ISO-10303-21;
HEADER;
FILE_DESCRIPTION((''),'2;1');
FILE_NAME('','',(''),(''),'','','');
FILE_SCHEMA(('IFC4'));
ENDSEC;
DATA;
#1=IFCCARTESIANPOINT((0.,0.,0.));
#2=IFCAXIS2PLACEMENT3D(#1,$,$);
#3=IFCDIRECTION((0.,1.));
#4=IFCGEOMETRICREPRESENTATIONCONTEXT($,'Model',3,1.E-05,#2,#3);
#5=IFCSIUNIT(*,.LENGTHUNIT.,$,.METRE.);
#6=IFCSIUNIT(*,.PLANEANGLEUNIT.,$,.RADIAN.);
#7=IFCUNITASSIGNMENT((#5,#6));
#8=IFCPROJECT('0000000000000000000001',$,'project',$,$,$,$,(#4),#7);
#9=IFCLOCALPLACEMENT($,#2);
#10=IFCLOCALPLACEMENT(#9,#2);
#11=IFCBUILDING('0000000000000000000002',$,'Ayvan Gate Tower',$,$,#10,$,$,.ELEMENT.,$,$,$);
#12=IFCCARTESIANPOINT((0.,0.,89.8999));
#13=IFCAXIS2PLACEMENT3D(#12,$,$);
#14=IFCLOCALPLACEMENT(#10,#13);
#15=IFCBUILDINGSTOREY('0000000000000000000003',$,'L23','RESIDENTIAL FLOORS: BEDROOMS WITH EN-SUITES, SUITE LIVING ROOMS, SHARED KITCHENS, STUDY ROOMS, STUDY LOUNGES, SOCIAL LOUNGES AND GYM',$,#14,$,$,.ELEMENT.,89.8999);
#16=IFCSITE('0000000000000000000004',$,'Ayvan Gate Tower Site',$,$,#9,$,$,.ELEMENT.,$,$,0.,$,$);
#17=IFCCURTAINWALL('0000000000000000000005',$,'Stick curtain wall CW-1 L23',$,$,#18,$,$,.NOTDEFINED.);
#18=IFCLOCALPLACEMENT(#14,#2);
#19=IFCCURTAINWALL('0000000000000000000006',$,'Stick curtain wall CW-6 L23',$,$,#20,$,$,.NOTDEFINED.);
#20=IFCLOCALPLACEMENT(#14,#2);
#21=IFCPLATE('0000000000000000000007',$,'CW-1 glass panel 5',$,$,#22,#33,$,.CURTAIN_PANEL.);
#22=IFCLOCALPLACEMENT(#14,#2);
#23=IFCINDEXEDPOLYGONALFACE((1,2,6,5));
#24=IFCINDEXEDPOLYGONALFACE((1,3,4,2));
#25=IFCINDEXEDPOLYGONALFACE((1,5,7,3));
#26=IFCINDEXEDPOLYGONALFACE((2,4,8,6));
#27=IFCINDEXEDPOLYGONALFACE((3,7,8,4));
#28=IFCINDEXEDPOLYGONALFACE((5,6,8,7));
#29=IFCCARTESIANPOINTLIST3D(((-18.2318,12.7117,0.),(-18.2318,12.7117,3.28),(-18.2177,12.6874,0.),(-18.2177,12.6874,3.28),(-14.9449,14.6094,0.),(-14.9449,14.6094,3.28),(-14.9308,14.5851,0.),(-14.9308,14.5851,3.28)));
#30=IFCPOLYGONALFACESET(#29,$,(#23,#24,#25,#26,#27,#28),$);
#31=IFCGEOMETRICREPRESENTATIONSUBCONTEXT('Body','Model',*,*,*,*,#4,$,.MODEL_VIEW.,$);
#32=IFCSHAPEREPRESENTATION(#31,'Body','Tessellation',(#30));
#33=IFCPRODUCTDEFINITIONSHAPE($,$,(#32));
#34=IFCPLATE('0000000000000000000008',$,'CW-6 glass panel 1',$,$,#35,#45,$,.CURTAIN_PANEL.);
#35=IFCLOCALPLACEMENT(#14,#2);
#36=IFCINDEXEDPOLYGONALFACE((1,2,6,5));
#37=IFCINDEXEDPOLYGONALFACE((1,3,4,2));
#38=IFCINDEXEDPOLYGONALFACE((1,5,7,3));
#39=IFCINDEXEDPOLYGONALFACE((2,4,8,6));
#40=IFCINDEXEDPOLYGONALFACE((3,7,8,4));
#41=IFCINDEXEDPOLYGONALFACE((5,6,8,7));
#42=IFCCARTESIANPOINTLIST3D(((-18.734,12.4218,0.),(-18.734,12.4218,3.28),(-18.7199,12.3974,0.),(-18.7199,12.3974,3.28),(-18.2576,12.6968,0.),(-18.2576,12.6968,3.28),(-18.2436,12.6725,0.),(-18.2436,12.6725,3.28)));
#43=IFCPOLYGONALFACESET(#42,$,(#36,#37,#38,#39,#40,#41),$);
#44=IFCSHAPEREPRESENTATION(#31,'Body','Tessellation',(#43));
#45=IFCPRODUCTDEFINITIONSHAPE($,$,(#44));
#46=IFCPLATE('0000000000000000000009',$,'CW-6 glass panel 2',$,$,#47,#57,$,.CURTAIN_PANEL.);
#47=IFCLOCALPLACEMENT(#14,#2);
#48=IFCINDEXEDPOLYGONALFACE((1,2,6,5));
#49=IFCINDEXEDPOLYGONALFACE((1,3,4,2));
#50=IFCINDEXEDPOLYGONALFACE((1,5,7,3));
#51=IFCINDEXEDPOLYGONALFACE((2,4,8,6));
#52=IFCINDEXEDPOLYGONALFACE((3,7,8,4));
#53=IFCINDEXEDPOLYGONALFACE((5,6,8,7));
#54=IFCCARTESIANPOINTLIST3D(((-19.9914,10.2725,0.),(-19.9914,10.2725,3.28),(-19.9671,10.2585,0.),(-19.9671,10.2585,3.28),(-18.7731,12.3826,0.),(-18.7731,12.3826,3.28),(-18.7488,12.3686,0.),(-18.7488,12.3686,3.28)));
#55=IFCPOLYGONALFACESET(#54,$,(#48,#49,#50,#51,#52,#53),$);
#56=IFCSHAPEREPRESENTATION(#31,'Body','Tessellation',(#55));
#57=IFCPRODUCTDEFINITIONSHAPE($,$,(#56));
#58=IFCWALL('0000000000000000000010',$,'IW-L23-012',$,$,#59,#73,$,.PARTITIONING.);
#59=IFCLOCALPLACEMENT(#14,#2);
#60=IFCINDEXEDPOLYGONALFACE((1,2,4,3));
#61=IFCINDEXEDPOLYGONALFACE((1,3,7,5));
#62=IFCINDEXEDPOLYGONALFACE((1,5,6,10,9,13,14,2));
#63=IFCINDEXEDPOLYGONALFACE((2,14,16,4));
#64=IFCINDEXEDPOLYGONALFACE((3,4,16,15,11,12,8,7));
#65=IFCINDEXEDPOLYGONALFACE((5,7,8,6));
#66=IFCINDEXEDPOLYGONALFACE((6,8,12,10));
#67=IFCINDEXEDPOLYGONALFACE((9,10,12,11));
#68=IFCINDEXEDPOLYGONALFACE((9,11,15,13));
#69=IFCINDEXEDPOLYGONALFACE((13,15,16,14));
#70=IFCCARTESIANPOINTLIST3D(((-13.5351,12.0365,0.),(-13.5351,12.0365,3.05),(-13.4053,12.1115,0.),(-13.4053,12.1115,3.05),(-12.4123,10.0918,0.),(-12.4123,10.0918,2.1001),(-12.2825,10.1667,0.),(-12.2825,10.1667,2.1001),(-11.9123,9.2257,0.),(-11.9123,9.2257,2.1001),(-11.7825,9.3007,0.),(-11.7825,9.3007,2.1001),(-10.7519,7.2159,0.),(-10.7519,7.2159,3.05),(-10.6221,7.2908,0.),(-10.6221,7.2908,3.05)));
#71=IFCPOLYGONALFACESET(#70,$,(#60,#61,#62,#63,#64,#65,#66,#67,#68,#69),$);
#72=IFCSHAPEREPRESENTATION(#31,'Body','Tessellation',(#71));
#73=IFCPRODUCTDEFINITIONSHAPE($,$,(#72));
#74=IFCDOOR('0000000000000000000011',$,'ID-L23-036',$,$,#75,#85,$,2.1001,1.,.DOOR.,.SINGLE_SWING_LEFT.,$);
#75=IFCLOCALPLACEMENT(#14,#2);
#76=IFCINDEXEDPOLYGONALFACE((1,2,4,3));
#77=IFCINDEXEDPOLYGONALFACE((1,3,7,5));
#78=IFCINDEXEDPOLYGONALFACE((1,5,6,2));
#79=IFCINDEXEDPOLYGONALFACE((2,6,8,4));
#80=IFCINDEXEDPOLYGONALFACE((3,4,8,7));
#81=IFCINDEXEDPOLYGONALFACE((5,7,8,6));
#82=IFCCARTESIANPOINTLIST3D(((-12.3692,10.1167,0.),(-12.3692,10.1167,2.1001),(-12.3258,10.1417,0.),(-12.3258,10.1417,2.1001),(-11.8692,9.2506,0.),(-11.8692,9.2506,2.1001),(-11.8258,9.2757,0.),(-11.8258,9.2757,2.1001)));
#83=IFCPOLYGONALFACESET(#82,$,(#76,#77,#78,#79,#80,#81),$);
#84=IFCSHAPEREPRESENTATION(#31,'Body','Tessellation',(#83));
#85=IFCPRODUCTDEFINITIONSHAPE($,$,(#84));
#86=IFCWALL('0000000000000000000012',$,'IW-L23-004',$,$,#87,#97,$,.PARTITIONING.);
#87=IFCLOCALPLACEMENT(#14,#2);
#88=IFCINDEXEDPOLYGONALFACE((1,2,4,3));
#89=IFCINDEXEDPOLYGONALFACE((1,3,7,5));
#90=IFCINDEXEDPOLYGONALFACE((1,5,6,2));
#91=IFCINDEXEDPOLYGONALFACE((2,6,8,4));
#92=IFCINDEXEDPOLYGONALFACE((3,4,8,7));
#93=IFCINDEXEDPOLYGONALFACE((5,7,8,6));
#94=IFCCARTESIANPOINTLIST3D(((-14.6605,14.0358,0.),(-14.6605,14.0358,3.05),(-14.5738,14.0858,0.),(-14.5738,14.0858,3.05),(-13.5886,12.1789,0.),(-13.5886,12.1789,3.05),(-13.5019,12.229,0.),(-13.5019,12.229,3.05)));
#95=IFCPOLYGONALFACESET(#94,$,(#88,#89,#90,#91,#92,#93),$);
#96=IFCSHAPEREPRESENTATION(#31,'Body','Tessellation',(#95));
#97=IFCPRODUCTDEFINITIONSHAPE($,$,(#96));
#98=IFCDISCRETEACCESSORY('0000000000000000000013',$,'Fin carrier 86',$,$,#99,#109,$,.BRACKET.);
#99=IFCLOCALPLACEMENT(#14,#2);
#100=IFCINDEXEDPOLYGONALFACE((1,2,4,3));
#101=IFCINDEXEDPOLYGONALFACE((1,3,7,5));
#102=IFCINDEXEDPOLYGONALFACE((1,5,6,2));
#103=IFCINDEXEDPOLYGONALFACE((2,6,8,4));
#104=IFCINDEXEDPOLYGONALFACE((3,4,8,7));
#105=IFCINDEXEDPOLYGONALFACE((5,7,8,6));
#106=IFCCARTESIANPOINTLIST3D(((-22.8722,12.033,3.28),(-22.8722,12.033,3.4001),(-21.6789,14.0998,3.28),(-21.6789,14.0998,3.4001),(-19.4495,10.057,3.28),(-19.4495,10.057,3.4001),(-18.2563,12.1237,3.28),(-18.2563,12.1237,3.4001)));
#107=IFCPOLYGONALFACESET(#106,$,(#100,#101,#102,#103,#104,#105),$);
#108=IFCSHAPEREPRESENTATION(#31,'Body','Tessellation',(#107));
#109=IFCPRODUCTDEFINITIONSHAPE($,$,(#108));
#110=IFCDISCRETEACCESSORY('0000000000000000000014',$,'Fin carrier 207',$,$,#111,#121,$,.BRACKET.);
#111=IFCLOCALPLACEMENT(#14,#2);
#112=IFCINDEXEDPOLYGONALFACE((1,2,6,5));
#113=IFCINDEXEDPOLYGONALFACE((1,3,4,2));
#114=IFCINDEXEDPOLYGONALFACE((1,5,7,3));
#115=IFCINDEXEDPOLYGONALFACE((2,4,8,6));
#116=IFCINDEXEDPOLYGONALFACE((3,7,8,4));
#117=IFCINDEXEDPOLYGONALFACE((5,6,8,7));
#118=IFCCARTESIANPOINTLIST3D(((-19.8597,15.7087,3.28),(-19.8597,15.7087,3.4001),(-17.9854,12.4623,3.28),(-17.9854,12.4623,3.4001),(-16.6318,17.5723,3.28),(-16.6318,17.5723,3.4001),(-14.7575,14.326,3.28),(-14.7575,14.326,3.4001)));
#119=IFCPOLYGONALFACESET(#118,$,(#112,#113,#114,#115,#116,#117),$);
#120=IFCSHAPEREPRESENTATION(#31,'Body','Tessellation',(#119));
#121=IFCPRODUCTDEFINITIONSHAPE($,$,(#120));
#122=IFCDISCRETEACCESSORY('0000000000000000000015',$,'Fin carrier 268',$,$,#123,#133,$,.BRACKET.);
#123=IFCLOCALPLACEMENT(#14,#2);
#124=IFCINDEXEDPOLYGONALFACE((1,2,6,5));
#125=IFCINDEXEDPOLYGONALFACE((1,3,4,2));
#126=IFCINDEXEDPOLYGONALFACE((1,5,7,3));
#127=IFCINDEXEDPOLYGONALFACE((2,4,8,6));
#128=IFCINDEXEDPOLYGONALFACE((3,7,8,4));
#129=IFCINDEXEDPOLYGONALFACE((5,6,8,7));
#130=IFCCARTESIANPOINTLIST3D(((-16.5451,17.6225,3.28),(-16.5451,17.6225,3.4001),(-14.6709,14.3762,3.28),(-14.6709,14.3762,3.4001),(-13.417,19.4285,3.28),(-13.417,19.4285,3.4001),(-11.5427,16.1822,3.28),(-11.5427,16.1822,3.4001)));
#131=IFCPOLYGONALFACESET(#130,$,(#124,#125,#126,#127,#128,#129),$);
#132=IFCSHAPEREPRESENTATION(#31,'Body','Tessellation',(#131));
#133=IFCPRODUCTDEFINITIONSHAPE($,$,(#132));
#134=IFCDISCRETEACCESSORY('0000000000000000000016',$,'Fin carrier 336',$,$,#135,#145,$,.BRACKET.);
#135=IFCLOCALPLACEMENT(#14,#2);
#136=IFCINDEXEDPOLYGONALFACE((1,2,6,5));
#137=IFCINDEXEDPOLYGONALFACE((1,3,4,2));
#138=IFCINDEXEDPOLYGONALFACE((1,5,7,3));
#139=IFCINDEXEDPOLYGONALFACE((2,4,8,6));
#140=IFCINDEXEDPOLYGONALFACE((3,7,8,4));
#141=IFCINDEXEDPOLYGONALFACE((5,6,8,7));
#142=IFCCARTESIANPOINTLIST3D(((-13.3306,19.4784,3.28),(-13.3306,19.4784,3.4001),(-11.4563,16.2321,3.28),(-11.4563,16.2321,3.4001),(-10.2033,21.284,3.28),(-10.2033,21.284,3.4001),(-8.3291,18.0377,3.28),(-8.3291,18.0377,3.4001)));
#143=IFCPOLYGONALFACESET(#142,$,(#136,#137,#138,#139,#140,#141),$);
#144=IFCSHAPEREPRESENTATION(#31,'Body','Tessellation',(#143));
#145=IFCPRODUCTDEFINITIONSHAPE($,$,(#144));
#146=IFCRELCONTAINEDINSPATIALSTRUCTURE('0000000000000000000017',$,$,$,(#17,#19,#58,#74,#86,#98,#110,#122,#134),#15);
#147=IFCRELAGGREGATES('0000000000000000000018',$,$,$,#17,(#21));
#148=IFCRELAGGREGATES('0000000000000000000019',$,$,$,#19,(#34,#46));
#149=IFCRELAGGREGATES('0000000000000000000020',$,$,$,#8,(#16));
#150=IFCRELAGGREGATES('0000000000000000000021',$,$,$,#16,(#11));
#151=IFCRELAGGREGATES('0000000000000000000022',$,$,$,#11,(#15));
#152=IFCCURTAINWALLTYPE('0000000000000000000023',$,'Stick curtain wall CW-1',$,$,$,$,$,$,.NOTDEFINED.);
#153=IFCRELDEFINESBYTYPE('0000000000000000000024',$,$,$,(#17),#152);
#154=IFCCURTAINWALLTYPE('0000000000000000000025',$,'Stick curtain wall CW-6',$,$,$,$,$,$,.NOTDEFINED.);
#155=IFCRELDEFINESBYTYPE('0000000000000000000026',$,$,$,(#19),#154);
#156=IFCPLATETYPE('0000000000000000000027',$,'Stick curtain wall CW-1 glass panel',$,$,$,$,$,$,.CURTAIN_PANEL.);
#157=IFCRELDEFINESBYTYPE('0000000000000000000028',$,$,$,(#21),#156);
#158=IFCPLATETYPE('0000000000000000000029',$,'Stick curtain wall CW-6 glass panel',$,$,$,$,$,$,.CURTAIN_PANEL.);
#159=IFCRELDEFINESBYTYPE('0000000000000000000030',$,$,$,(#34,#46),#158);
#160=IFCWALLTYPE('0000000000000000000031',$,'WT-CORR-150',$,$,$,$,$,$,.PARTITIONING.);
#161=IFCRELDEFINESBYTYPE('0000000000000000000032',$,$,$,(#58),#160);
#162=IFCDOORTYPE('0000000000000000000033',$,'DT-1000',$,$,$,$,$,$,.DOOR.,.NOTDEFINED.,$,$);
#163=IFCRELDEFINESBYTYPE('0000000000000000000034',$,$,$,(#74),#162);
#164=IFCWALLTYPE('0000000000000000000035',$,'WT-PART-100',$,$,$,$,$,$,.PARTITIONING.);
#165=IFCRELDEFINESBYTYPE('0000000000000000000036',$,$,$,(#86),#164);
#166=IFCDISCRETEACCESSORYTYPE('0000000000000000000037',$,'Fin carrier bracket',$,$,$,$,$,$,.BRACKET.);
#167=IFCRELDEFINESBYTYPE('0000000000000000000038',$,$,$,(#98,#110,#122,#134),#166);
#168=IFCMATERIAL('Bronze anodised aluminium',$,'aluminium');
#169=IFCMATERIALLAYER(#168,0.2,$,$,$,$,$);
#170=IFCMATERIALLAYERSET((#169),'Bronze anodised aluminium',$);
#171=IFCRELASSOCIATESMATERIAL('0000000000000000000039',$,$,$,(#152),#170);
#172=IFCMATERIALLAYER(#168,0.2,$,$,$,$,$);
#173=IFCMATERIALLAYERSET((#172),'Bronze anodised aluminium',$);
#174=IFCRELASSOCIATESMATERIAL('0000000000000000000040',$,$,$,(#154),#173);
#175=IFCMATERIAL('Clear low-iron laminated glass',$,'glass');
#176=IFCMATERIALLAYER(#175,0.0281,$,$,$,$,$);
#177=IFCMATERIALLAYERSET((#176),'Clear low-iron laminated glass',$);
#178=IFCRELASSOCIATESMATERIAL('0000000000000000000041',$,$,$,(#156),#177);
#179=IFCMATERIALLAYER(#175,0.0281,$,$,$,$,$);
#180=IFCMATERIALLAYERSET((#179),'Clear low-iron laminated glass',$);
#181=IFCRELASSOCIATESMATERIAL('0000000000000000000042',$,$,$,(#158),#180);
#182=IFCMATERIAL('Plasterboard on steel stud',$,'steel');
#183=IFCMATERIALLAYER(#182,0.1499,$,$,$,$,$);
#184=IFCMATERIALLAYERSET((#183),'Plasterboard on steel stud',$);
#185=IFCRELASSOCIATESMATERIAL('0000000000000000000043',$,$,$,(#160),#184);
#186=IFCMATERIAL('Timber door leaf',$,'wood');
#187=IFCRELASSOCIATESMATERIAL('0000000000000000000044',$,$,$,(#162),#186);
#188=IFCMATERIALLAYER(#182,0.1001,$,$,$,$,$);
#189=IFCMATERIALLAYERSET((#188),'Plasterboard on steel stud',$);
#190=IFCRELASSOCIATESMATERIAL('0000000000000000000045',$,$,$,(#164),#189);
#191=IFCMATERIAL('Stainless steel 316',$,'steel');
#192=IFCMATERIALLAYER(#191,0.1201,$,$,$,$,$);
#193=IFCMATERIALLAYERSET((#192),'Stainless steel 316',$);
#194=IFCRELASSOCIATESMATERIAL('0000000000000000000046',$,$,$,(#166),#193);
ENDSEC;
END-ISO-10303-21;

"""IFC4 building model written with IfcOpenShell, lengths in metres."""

from ifc_helpers import new_model, si_unit, direction, frame, frame_2d, origin, origin_2d, place, context, subcontext, project, spatial, rectangle, extrude, material, layer, layer_set, type_object, element, fill, aggregate, save


model = new_model("IFC4")

# Units and contexts
model_context = context("Model", 3, precision=1e-05, world=origin(), true_north=direction((0.0, 1.0)))
body_context = subcontext(model_context, "Body", "Model", "MODEL_VIEW")
ifc_project = project(units=[si_unit("LENGTHUNIT", "METRE"), si_unit("PLANEANGLEUNIT", "RADIAN")], contexts=[model_context])

# Site, building, storey
site_placement = place(None, origin())
site = spatial("IfcSite", under=ifc_project, at=site_placement, Name="Ayvan Gate Tower Site", CompositionType="ELEMENT", RefElevation=0.0)
building_placement = place(site_placement, origin())
building = spatial("IfcBuilding", under=site, at=building_placement, Name="Ayvan Gate Tower", CompositionType="ELEMENT")
storey_placement = place(building_placement, frame((0.0, 0.0, 89.8999)))
storey = spatial("IfcBuildingStorey", under=building, at=storey_placement, Name="L23", Description="RESIDENTIAL FLOORS: BEDROOMS WITH EN-SUITES, SUITE LIVING ROOMS, SHARED KITCHENS, STUDY ROOMS, STUDY LOUNGES, SOCIAL LOUNGES AND GYM", CompositionType="ELEMENT", Elevation=89.8999)

# Curtain walls
ifc_material_1 = material(Name="Bronze anodised aluminium", Category="aluminium")
ifc_layer_1 = layer(ifc_material_1, 0.2)
ifc_layer_set_1 = layer_set([ifc_layer_1], Name="Bronze anodised aluminium")
curtain_wall_type_1 = type_object("IfcCurtainWallType", Name="Stick curtain wall CW-1", PredefinedType="NOTDEFINED", material=ifc_layer_set_1)
curtain_wall_1_placement = place(storey_placement, origin())
curtain_wall_1 = element("IfcCurtainWall", 1, at=curtain_wall_1_placement, inside=storey, type_object=curtain_wall_type_1, Name="Stick curtain wall CW-1 L23", PredefinedType="NOTDEFINED")
ifc_layer_2 = layer(ifc_material_1, 0.2)
ifc_layer_set_2 = layer_set([ifc_layer_2], Name="Bronze anodised aluminium")
curtain_wall_type_2 = type_object("IfcCurtainWallType", Name="Stick curtain wall CW-6", PredefinedType="NOTDEFINED", material=ifc_layer_set_2)
curtain_wall_2_placement = place(storey_placement, origin())
curtain_wall_2 = element("IfcCurtainWall", 2, at=curtain_wall_2_placement, inside=storey, type_object=curtain_wall_type_2, Name="Stick curtain wall CW-6 L23", PredefinedType="NOTDEFINED")

# Plates
ifc_material_2 = material(Name="Clear low-iron laminated glass", Category="glass")
ifc_layer_3 = layer(ifc_material_2, 0.0281)
ifc_layer_set_3 = layer_set([ifc_layer_3], Name="Clear low-iron laminated glass")
plate_type_1 = type_object("IfcPlateType", Name="Stick curtain wall CW-1 glass panel", PredefinedType="CURTAIN_PANEL", material=ifc_layer_set_3)
plate_1_placement = place(storey_placement, frame((-16.5813, 13.6484, 0.0), z_axis=(0.0, 0.0, 1.0), x_axis=(-0.866025, -0.5, 0.0)))
plate_1 = element("IfcPlate", 3, at=plate_1_placement, type_object=plate_type_1, Name="CW-1 glass panel 5", PredefinedType="CURTAIN_PANEL", context=body_context, shape_type="SweptSolid", body=[
    extrude(rectangle(XDim=3.7954, YDim=0.0281, at=origin_2d()), origin(), (0.0, 0.0, 1.0), 3.28),
])
aggregate(curtain_wall_1, [plate_1])
ifc_layer_4 = layer(ifc_material_2, 0.0281)
ifc_layer_set_4 = layer_set([ifc_layer_4], Name="Clear low-iron laminated glass")
plate_type_2 = type_object("IfcPlateType", Name="Stick curtain wall CW-6 glass panel", PredefinedType="CURTAIN_PANEL", material=ifc_layer_set_4)
plate_2_placement = place(storey_placement, frame((-18.4888, 12.5471, 0.0), z_axis=(0.0, 0.0, 1.0), x_axis=(-0.866025, -0.5, 0.0)))
plate_2 = element("IfcPlate", 4, at=plate_2_placement, type_object=plate_type_2, Name="CW-6 glass panel 1", PredefinedType="CURTAIN_PANEL", context=body_context, shape_type="SweptSolid", body=[
    extrude(rectangle(XDim=0.55, YDim=0.0281, at=origin_2d()), origin(), (0.0, 0.0, 1.0), 3.28),
])
plate_3_placement = place(storey_placement, frame((-19.3701, 11.3206, 0.0), z_axis=(0.0, 0.0, 1.0), x_axis=(-0.5, -0.866025, 0.0)))
plate_3 = element("IfcPlate", 5, at=plate_3_placement, type_object=plate_type_2, Name="CW-6 glass panel 2", PredefinedType="CURTAIN_PANEL", context=body_context, shape_type="SweptSolid", body=[
    extrude(rectangle(XDim=2.4365, YDim=0.0281, at=origin_2d()), origin(), (0.0, 0.0, 1.0), 3.28),
])
aggregate(curtain_wall_2, [plate_2, plate_3])

# Wall, opening, door
ifc_material_3 = material(Name="Plasterboard on steel stud", Category="steel")
ifc_layer_5 = layer(ifc_material_3, 0.1499)
ifc_layer_set_5 = layer_set([ifc_layer_5], Name="Plasterboard on steel stud")
wall_type_1 = type_object("IfcWallType", Name="WT-CORR-150", PredefinedType="PARTITIONING", material=ifc_layer_set_5)
wall_1_placement = place(storey_placement, frame((-13.4702, 12.074, 0.0), z_axis=(0.0, 0.0, 1.0), x_axis=(0.500007, -0.866021, 0.0)))
wall_1 = element("IfcWall", 6, at=wall_1_placement, inside=storey, type_object=wall_type_1, Name="IW-L23-012", PredefinedType="PARTITIONING", context=body_context, shape_type="SweptSolid", body=[
    extrude(rectangle(XDim=5.5664, YDim=0.1499, at=frame_2d((2.7832, 0.0))), origin(), (0.0, 0.0, 1.0), 3.05),
])
opening_placement = place(wall_1_placement, frame((2.2456, 0.0, 0.0)))
opening = element("IfcOpeningElement", 7, at=opening_placement, cuts=wall_1, PredefinedType="OPENING", context=body_context, shape_type="SweptSolid", body=[
    extrude(rectangle(XDim=1.0, YDim=2.1001, at=frame_2d((0.5, 1.05))), frame((0.0, 0.085, 0.0), z_axis=(0.0, -1.0, 0.0), x_axis=(1.0, 0.0, 0.0)), (0.0, 0.0, 1.0), 0.1699),
])
ifc_material_4 = material(Name="Timber door leaf", Category="wood")
door_type = type_object("IfcDoorType", Name="DT-1000", OperationType="NOTDEFINED", PredefinedType="DOOR", material=ifc_material_4)
door_placement = place(opening_placement, origin())
door = element("IfcDoor", 8, at=door_placement, inside=storey, type_object=door_type, Name="ID-L23-036", OperationType="SINGLE_SWING_LEFT", OverallHeight=2.1001, OverallWidth=1.0, PredefinedType="DOOR", context=body_context, shape_type="SweptSolid", body=[
    extrude(rectangle(XDim=1.0, YDim=2.1001, at=frame_2d((0.5, 1.05))), frame((0.0, 0.0249, 0.0), z_axis=(0.0, -1.0, 0.0), x_axis=(1.0, 0.0, 0.0)), (0.0, 0.0, 1.0), 0.05),
])
fill(opening, door)

# Wall
ifc_layer_6 = layer(ifc_material_3, 0.1001)
ifc_layer_set_6 = layer_set([ifc_layer_6], Name="Plasterboard on steel stud")
wall_type_2 = type_object("IfcWallType", Name="WT-PART-100", PredefinedType="PARTITIONING", material=ifc_layer_set_6)
wall_2_placement = place(storey_placement, frame((-14.6172, 14.0608, 0.0), z_axis=(0.0, 0.0, 1.0), x_axis=(0.499972, -0.866041, 0.0)))
element("IfcWall", 9, at=wall_2_placement, inside=storey, type_object=wall_type_2, Name="IW-L23-004", PredefinedType="PARTITIONING", context=body_context, shape_type="SweptSolid", body=[
    extrude(rectangle(XDim=2.144, YDim=0.1001, at=frame_2d((1.072, 0.0))), origin(), (0.0, 0.0, 1.0), 3.05),
])

# Discrete accessories
ifc_material_5 = material(Name="Stainless steel 316", Category="steel")
ifc_layer_7 = layer(ifc_material_5, 0.1201)
ifc_layer_set_7 = layer_set([ifc_layer_7], Name="Stainless steel 316")
discrete_accessory_type = type_object("IfcDiscreteAccessoryType", Name="Fin carrier bracket", PredefinedType="BRACKET", material=ifc_layer_set_7)
discrete_accessory_1_placement = place(storey_placement, frame((-20.5642, 12.0784, 3.28), z_axis=(0.0, 0.0, 1.0), x_axis=(-0.5, -0.866025, 0.0)))
element("IfcDiscreteAccessory", 10, at=discrete_accessory_1_placement, inside=storey, type_object=discrete_accessory_type, Name="Fin carrier 86", PredefinedType="BRACKET", context=body_context, shape_type="SweptSolid", body=[
    extrude(rectangle(XDim=2.3865, YDim=3.9521, at=origin_2d()), origin(), (0.0, 0.0, 1.0), 0.1201),
])
discrete_accessory_2_placement = place(storey_placement, frame((-17.3086, 15.0173, 3.28), z_axis=(0.0, 0.0, 1.0), x_axis=(-0.866025, -0.5, 0.0)))
element("IfcDiscreteAccessory", 11, at=discrete_accessory_2_placement, inside=storey, type_object=discrete_accessory_type, Name="Fin carrier 207", PredefinedType="BRACKET", context=body_context, shape_type="SweptSolid", body=[
    extrude(rectangle(XDim=3.7273, YDim=3.7485, at=origin_2d()), origin(), (0.0, 0.0, 1.0), 0.1201),
])
discrete_accessory_3_placement = place(storey_placement, frame((-14.0439, 16.9023, 3.28), z_axis=(0.0, 0.0, 1.0), x_axis=(-0.866025, -0.5, 0.0)))
element("IfcDiscreteAccessory", 12, at=discrete_accessory_3_placement, inside=storey, type_object=discrete_accessory_type, Name="Fin carrier 268", PredefinedType="BRACKET", context=body_context, shape_type="SweptSolid", body=[
    extrude(rectangle(XDim=3.6121, YDim=3.7485, at=origin_2d()), origin(), (0.0, 0.0, 1.0), 0.1201),
])
discrete_accessory_4_placement = place(storey_placement, frame((-10.8298, 18.7581, 3.28), z_axis=(0.0, 0.0, 1.0), x_axis=(-0.866025, -0.5, 0.0)))
element("IfcDiscreteAccessory", 13, at=discrete_accessory_4_placement, inside=storey, type_object=discrete_accessory_type, Name="Fin carrier 336", PredefinedType="BRACKET", context=body_context, shape_type="SweptSolid", body=[
    extrude(rectangle(XDim=3.6111, YDim=3.7485, at=origin_2d()), origin(), (0.0, 0.0, 1.0), 0.1201),
])

save(model, "model.ifc")
